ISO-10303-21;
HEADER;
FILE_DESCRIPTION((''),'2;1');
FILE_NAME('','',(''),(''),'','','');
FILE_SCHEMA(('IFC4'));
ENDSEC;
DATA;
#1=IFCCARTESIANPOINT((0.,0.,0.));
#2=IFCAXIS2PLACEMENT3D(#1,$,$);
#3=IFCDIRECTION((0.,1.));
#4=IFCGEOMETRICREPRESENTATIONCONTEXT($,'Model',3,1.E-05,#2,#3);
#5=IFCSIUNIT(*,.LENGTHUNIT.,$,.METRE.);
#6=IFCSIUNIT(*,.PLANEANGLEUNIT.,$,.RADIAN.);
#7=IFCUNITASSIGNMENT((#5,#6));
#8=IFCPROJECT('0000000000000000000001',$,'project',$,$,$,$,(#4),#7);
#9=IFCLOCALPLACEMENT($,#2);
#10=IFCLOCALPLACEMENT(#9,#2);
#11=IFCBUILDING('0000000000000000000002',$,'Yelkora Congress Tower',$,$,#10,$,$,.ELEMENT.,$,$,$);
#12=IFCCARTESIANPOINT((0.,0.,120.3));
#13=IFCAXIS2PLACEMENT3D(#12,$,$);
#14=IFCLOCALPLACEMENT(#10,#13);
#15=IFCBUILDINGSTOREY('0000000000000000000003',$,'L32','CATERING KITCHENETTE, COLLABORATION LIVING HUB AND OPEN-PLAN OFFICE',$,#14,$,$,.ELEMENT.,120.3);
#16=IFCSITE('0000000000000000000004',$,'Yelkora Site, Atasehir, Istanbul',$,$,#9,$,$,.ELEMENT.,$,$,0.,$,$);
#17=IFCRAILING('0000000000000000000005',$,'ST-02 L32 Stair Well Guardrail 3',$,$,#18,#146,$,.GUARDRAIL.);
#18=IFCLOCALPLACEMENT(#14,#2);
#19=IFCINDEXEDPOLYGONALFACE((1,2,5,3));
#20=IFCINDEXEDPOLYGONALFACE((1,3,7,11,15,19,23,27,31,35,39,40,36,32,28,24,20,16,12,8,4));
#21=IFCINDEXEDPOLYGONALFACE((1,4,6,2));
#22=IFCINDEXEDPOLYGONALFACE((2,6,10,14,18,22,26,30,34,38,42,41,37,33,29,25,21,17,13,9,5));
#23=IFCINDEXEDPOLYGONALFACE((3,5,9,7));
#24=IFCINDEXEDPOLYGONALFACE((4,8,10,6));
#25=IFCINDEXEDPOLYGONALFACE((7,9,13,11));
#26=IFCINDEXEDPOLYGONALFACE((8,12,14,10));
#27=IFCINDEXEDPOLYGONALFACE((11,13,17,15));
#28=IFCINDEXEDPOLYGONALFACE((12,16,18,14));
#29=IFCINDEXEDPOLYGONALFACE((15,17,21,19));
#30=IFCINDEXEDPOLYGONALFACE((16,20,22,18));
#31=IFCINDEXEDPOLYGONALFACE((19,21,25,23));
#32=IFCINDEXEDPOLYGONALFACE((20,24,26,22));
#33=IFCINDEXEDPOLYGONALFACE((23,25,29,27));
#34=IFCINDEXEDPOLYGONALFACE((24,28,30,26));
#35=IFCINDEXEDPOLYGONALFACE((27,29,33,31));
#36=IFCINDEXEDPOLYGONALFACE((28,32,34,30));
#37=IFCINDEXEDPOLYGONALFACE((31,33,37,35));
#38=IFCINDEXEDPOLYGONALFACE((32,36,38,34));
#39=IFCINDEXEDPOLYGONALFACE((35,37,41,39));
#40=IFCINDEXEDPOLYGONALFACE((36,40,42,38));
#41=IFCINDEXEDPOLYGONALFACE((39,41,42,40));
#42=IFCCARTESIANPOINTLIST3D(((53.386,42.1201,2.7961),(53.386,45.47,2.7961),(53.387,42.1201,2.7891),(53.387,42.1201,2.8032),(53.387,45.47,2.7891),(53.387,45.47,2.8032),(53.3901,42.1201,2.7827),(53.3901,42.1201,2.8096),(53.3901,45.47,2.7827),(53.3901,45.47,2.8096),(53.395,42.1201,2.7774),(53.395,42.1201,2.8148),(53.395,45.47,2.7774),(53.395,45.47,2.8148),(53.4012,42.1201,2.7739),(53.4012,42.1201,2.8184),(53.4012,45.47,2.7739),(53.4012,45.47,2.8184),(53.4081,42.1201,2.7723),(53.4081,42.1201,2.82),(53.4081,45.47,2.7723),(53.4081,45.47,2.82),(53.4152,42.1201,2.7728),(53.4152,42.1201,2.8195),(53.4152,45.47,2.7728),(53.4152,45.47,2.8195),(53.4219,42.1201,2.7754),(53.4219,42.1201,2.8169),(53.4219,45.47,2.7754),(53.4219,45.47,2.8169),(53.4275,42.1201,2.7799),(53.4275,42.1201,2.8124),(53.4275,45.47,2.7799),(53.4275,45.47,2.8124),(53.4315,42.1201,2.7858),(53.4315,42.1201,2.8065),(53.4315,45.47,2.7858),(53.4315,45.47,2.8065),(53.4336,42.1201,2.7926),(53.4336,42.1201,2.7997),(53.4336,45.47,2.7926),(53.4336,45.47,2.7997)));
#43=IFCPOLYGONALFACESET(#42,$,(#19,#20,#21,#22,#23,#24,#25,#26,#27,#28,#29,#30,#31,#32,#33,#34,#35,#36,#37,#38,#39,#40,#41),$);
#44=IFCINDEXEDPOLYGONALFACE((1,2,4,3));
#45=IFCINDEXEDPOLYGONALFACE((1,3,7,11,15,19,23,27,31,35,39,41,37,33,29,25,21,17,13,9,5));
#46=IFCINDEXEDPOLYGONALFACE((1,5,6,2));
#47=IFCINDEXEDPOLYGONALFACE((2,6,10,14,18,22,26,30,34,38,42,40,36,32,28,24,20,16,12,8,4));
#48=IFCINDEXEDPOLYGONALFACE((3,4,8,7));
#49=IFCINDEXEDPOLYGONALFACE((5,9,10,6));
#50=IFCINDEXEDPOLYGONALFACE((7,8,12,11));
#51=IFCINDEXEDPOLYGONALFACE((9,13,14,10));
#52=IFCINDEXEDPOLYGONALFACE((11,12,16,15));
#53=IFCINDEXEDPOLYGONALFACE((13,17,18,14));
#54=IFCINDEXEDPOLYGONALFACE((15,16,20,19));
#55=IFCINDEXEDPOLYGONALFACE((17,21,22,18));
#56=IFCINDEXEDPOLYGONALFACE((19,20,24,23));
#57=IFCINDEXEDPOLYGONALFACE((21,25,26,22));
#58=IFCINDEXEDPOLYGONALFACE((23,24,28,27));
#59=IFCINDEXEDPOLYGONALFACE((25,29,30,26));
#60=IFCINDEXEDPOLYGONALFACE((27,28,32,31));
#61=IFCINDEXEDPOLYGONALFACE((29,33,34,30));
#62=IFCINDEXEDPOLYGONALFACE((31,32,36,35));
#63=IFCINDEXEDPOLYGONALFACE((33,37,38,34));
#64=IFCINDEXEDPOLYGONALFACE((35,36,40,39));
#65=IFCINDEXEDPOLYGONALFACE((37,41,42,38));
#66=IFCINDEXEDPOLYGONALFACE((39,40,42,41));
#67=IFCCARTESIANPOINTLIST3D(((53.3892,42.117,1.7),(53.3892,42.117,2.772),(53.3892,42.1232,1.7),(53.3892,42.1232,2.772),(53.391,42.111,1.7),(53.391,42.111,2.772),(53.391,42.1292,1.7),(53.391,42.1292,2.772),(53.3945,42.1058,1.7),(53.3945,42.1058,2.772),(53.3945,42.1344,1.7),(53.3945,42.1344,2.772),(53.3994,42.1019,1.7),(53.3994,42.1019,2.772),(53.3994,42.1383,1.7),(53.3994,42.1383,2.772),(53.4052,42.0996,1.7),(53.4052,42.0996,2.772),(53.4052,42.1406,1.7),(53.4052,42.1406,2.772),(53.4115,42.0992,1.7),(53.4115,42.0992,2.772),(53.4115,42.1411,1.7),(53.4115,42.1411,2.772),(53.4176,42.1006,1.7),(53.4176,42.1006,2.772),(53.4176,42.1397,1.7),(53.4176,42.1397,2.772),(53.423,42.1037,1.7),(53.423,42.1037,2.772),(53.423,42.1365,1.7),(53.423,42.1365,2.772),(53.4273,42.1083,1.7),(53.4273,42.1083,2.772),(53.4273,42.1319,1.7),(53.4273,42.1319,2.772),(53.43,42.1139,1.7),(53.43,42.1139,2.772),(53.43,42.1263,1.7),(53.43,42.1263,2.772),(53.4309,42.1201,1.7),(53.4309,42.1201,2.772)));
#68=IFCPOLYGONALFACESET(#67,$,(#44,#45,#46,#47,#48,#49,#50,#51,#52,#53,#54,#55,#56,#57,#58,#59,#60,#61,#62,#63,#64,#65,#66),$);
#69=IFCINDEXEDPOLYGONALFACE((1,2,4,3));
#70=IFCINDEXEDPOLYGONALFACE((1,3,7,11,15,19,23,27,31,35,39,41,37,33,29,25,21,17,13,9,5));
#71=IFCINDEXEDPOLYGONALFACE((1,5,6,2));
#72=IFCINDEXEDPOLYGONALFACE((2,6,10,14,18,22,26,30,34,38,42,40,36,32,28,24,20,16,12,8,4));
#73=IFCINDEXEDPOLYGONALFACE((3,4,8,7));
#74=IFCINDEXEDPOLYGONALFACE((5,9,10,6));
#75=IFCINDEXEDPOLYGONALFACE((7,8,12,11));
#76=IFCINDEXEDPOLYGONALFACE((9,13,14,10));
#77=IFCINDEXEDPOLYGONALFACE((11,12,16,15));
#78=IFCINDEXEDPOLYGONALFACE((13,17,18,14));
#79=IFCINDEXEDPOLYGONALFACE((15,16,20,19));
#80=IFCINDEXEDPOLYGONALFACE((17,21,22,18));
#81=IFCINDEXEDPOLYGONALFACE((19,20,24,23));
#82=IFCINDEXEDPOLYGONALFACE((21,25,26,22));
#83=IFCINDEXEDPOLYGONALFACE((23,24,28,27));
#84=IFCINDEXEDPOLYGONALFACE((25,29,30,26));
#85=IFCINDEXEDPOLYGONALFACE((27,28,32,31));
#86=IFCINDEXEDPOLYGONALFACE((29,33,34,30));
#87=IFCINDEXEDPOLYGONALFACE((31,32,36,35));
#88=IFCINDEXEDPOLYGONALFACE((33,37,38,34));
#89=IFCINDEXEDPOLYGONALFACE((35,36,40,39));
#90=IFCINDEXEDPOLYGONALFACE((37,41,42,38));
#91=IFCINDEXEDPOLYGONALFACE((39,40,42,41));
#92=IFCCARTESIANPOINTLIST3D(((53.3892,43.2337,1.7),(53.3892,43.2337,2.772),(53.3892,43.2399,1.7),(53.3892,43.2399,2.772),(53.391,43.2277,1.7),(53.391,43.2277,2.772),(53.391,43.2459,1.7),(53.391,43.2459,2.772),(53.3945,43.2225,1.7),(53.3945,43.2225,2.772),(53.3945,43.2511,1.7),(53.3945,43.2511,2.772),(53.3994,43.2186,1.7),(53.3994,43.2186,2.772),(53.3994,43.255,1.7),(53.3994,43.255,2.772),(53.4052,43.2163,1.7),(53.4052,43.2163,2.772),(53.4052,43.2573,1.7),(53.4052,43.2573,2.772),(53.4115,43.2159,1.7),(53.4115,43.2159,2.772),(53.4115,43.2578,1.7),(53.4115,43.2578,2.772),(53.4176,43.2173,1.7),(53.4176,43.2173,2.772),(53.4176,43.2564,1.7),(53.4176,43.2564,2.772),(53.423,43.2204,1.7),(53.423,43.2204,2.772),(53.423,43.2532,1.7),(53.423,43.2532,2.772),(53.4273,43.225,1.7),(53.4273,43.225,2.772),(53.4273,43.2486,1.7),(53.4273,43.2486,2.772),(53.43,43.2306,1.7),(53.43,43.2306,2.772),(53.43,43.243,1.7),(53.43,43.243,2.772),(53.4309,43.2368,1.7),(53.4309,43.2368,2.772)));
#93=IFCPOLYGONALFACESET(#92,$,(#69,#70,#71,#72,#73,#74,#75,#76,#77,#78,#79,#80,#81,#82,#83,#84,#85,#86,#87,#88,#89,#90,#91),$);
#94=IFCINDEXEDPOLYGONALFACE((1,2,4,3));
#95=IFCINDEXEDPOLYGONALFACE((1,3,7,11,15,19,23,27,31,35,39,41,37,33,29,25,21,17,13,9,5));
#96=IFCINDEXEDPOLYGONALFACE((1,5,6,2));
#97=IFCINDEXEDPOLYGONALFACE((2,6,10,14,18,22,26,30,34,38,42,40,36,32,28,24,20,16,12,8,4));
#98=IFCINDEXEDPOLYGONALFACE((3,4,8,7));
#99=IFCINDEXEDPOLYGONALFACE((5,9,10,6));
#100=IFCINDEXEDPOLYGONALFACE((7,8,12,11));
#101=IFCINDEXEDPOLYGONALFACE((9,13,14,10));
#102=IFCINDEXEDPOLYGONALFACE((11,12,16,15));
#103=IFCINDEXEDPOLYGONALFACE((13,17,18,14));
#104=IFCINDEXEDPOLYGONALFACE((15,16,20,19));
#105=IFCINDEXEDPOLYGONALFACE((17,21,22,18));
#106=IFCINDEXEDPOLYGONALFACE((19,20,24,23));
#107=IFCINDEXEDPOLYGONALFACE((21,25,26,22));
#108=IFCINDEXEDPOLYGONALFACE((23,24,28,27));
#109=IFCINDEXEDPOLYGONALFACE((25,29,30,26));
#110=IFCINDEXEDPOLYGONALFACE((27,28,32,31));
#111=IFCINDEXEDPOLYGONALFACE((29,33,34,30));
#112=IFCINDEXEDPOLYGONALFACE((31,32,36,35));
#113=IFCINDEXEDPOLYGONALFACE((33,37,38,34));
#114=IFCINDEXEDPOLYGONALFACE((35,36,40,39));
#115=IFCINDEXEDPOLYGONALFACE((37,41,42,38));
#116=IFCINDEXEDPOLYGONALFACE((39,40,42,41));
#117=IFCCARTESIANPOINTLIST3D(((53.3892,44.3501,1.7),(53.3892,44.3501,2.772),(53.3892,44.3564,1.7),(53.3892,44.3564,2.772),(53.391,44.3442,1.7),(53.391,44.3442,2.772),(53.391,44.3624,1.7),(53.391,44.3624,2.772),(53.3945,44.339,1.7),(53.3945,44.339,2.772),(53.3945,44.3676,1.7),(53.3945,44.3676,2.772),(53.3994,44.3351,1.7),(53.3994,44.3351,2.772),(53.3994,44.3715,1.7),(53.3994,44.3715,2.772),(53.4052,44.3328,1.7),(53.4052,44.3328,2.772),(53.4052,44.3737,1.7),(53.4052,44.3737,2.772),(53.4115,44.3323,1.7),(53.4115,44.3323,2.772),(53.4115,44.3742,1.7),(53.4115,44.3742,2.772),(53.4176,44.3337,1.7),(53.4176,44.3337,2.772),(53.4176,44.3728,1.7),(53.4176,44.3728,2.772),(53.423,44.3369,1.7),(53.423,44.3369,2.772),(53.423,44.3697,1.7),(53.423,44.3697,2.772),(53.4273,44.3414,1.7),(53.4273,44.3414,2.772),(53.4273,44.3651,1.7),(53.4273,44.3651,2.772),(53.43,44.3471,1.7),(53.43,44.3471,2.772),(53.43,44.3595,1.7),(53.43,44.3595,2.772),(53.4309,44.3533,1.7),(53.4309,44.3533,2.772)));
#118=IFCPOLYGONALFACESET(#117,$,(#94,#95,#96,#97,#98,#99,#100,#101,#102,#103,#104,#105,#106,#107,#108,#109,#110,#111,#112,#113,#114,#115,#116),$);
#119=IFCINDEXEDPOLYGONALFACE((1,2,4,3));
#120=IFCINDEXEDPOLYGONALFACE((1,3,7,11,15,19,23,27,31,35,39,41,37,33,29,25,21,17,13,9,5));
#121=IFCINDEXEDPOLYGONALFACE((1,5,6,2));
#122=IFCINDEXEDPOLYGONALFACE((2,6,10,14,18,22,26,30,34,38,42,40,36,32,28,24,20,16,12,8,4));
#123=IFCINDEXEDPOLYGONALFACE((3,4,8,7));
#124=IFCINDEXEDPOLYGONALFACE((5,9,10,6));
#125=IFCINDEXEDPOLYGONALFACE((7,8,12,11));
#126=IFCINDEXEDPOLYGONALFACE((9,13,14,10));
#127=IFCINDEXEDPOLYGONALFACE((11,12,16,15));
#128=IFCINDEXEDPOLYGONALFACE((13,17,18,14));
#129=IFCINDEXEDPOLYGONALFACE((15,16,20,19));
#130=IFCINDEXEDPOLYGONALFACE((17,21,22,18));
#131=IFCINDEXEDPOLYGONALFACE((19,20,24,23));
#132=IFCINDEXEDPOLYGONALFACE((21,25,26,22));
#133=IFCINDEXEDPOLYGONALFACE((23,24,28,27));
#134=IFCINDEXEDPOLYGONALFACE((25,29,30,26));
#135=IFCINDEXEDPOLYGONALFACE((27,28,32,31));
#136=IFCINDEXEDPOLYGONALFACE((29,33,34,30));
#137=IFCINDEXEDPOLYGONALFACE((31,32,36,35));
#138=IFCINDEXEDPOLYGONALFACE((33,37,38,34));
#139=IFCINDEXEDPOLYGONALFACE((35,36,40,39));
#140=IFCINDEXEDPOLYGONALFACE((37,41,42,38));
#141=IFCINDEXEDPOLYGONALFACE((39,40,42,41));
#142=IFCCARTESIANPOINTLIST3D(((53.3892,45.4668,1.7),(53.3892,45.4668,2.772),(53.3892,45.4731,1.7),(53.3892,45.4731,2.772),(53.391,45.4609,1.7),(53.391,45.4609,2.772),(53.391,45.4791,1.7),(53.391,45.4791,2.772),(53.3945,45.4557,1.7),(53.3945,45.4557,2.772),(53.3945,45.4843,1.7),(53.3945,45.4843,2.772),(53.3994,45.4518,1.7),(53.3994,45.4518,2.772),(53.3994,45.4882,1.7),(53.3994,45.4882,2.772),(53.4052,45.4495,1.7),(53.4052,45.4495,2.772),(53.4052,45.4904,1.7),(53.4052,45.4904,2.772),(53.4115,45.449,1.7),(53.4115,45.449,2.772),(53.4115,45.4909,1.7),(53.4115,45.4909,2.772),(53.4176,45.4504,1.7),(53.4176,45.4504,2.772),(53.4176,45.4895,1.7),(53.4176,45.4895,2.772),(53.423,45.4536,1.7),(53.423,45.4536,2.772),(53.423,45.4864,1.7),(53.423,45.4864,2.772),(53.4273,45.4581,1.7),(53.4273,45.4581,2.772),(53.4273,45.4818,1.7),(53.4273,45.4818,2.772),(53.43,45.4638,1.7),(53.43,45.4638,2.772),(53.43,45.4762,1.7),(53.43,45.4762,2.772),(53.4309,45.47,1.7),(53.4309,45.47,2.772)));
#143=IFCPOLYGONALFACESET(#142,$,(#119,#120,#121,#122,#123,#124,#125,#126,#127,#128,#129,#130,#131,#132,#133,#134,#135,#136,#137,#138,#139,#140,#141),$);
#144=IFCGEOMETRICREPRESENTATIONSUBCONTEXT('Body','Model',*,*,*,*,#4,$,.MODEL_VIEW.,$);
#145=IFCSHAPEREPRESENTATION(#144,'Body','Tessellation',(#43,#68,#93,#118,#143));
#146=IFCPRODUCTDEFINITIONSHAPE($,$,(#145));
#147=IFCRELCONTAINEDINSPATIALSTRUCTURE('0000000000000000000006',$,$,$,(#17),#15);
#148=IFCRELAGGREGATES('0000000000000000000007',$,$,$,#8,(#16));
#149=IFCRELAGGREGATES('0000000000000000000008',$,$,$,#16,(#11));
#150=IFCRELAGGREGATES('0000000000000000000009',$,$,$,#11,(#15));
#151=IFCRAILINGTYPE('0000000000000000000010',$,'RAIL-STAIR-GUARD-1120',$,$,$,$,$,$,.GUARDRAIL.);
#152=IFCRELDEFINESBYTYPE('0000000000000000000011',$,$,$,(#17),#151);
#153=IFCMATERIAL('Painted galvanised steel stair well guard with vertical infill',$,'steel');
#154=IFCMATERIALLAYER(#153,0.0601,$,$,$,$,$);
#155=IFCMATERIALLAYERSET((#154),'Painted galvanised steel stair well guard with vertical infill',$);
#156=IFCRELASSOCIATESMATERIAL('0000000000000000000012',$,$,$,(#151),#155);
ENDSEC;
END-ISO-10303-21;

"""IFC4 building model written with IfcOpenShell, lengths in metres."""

from ifc_helpers import new_model, si_unit, direction, frame, origin, origin_2d, place, context, subcontext, project, spatial, circle, extrude, material, layer, layer_set, type_object, element, save


model = new_model("IFC4")

# Units and contexts
model_context = context("Model", 3, precision=1e-05, world=origin(), true_north=direction((0.0, 1.0)))
body_context = subcontext(model_context, "Body", "Model", "MODEL_VIEW")
ifc_project = project(units=[si_unit("LENGTHUNIT", "METRE"), si_unit("PLANEANGLEUNIT", "RADIAN")], contexts=[model_context])

# Site, building, storey
site_placement = place(None, origin())
site = spatial("IfcSite", under=ifc_project, at=site_placement, Name="Yelkora Site, Atasehir, Istanbul", CompositionType="ELEMENT", RefElevation=0.0)
building_placement = place(site_placement, origin())
building = spatial("IfcBuilding", under=site, at=building_placement, Name="Yelkora Congress Tower", CompositionType="ELEMENT")
storey_placement = place(building_placement, frame((0.0, 0.0, 120.3)))
storey = spatial("IfcBuildingStorey", under=building, at=storey_placement, Name="L32", Description="CATERING KITCHENETTE, COLLABORATION LIVING HUB AND OPEN-PLAN OFFICE", CompositionType="ELEMENT", Elevation=120.3)

# Railing
ifc_material_1 = material(Name="Painted galvanised steel stair well guard with vertical infill", Category="steel")
ifc_layer_1 = layer(ifc_material_1, 0.0601)
ifc_layer_set_1 = layer_set([ifc_layer_1], Name="Painted galvanised steel stair well guard with vertical infill")
railing_type_1 = type_object("IfcRailingType", Name="RAIL-STAIR-GUARD-1120", PredefinedType="GUARDRAIL", material=ifc_layer_set_1)
for number, where, name in (
    (1, (53.4099, 42.1201, 1.7), "ST-02 L32 Stair Well Guardrail 3"),
):
    element("IfcRailing", number, at=place(storey_placement, frame(where)), inside=storey, type_object=railing_type_1, Name=name, PredefinedType="GUARDRAIL", context=body_context, shape_type="SweptSolid", body=[
        extrude(circle(Radius=0.0239, at=origin_2d()), frame((0.0, 0.0, 1.0962), z_axis=(0.0, 1.0, 0.0), x_axis=(-1.0, 0.0, 0.0)), (0.0, 0.0, 1.0), 3.3499),
        extrude(circle(Radius=0.021, at=origin_2d()), origin(), (0.0, 0.0, 1.0), 1.072),
        extrude(circle(Radius=0.021, at=origin_2d()), frame((0.0, 1.1167, 0.0)), (0.0, 0.0, 1.0), 1.072),
        extrude(circle(Radius=0.021, at=origin_2d()), frame((0.0, 2.2332, 0.0)), (0.0, 0.0, 1.0), 1.072),
        extrude(circle(Radius=0.021, at=origin_2d()), frame((0.0, 3.3499, 0.0)), (0.0, 0.0, 1.0), 1.072),
    ])

save(model, "model.ifc")
